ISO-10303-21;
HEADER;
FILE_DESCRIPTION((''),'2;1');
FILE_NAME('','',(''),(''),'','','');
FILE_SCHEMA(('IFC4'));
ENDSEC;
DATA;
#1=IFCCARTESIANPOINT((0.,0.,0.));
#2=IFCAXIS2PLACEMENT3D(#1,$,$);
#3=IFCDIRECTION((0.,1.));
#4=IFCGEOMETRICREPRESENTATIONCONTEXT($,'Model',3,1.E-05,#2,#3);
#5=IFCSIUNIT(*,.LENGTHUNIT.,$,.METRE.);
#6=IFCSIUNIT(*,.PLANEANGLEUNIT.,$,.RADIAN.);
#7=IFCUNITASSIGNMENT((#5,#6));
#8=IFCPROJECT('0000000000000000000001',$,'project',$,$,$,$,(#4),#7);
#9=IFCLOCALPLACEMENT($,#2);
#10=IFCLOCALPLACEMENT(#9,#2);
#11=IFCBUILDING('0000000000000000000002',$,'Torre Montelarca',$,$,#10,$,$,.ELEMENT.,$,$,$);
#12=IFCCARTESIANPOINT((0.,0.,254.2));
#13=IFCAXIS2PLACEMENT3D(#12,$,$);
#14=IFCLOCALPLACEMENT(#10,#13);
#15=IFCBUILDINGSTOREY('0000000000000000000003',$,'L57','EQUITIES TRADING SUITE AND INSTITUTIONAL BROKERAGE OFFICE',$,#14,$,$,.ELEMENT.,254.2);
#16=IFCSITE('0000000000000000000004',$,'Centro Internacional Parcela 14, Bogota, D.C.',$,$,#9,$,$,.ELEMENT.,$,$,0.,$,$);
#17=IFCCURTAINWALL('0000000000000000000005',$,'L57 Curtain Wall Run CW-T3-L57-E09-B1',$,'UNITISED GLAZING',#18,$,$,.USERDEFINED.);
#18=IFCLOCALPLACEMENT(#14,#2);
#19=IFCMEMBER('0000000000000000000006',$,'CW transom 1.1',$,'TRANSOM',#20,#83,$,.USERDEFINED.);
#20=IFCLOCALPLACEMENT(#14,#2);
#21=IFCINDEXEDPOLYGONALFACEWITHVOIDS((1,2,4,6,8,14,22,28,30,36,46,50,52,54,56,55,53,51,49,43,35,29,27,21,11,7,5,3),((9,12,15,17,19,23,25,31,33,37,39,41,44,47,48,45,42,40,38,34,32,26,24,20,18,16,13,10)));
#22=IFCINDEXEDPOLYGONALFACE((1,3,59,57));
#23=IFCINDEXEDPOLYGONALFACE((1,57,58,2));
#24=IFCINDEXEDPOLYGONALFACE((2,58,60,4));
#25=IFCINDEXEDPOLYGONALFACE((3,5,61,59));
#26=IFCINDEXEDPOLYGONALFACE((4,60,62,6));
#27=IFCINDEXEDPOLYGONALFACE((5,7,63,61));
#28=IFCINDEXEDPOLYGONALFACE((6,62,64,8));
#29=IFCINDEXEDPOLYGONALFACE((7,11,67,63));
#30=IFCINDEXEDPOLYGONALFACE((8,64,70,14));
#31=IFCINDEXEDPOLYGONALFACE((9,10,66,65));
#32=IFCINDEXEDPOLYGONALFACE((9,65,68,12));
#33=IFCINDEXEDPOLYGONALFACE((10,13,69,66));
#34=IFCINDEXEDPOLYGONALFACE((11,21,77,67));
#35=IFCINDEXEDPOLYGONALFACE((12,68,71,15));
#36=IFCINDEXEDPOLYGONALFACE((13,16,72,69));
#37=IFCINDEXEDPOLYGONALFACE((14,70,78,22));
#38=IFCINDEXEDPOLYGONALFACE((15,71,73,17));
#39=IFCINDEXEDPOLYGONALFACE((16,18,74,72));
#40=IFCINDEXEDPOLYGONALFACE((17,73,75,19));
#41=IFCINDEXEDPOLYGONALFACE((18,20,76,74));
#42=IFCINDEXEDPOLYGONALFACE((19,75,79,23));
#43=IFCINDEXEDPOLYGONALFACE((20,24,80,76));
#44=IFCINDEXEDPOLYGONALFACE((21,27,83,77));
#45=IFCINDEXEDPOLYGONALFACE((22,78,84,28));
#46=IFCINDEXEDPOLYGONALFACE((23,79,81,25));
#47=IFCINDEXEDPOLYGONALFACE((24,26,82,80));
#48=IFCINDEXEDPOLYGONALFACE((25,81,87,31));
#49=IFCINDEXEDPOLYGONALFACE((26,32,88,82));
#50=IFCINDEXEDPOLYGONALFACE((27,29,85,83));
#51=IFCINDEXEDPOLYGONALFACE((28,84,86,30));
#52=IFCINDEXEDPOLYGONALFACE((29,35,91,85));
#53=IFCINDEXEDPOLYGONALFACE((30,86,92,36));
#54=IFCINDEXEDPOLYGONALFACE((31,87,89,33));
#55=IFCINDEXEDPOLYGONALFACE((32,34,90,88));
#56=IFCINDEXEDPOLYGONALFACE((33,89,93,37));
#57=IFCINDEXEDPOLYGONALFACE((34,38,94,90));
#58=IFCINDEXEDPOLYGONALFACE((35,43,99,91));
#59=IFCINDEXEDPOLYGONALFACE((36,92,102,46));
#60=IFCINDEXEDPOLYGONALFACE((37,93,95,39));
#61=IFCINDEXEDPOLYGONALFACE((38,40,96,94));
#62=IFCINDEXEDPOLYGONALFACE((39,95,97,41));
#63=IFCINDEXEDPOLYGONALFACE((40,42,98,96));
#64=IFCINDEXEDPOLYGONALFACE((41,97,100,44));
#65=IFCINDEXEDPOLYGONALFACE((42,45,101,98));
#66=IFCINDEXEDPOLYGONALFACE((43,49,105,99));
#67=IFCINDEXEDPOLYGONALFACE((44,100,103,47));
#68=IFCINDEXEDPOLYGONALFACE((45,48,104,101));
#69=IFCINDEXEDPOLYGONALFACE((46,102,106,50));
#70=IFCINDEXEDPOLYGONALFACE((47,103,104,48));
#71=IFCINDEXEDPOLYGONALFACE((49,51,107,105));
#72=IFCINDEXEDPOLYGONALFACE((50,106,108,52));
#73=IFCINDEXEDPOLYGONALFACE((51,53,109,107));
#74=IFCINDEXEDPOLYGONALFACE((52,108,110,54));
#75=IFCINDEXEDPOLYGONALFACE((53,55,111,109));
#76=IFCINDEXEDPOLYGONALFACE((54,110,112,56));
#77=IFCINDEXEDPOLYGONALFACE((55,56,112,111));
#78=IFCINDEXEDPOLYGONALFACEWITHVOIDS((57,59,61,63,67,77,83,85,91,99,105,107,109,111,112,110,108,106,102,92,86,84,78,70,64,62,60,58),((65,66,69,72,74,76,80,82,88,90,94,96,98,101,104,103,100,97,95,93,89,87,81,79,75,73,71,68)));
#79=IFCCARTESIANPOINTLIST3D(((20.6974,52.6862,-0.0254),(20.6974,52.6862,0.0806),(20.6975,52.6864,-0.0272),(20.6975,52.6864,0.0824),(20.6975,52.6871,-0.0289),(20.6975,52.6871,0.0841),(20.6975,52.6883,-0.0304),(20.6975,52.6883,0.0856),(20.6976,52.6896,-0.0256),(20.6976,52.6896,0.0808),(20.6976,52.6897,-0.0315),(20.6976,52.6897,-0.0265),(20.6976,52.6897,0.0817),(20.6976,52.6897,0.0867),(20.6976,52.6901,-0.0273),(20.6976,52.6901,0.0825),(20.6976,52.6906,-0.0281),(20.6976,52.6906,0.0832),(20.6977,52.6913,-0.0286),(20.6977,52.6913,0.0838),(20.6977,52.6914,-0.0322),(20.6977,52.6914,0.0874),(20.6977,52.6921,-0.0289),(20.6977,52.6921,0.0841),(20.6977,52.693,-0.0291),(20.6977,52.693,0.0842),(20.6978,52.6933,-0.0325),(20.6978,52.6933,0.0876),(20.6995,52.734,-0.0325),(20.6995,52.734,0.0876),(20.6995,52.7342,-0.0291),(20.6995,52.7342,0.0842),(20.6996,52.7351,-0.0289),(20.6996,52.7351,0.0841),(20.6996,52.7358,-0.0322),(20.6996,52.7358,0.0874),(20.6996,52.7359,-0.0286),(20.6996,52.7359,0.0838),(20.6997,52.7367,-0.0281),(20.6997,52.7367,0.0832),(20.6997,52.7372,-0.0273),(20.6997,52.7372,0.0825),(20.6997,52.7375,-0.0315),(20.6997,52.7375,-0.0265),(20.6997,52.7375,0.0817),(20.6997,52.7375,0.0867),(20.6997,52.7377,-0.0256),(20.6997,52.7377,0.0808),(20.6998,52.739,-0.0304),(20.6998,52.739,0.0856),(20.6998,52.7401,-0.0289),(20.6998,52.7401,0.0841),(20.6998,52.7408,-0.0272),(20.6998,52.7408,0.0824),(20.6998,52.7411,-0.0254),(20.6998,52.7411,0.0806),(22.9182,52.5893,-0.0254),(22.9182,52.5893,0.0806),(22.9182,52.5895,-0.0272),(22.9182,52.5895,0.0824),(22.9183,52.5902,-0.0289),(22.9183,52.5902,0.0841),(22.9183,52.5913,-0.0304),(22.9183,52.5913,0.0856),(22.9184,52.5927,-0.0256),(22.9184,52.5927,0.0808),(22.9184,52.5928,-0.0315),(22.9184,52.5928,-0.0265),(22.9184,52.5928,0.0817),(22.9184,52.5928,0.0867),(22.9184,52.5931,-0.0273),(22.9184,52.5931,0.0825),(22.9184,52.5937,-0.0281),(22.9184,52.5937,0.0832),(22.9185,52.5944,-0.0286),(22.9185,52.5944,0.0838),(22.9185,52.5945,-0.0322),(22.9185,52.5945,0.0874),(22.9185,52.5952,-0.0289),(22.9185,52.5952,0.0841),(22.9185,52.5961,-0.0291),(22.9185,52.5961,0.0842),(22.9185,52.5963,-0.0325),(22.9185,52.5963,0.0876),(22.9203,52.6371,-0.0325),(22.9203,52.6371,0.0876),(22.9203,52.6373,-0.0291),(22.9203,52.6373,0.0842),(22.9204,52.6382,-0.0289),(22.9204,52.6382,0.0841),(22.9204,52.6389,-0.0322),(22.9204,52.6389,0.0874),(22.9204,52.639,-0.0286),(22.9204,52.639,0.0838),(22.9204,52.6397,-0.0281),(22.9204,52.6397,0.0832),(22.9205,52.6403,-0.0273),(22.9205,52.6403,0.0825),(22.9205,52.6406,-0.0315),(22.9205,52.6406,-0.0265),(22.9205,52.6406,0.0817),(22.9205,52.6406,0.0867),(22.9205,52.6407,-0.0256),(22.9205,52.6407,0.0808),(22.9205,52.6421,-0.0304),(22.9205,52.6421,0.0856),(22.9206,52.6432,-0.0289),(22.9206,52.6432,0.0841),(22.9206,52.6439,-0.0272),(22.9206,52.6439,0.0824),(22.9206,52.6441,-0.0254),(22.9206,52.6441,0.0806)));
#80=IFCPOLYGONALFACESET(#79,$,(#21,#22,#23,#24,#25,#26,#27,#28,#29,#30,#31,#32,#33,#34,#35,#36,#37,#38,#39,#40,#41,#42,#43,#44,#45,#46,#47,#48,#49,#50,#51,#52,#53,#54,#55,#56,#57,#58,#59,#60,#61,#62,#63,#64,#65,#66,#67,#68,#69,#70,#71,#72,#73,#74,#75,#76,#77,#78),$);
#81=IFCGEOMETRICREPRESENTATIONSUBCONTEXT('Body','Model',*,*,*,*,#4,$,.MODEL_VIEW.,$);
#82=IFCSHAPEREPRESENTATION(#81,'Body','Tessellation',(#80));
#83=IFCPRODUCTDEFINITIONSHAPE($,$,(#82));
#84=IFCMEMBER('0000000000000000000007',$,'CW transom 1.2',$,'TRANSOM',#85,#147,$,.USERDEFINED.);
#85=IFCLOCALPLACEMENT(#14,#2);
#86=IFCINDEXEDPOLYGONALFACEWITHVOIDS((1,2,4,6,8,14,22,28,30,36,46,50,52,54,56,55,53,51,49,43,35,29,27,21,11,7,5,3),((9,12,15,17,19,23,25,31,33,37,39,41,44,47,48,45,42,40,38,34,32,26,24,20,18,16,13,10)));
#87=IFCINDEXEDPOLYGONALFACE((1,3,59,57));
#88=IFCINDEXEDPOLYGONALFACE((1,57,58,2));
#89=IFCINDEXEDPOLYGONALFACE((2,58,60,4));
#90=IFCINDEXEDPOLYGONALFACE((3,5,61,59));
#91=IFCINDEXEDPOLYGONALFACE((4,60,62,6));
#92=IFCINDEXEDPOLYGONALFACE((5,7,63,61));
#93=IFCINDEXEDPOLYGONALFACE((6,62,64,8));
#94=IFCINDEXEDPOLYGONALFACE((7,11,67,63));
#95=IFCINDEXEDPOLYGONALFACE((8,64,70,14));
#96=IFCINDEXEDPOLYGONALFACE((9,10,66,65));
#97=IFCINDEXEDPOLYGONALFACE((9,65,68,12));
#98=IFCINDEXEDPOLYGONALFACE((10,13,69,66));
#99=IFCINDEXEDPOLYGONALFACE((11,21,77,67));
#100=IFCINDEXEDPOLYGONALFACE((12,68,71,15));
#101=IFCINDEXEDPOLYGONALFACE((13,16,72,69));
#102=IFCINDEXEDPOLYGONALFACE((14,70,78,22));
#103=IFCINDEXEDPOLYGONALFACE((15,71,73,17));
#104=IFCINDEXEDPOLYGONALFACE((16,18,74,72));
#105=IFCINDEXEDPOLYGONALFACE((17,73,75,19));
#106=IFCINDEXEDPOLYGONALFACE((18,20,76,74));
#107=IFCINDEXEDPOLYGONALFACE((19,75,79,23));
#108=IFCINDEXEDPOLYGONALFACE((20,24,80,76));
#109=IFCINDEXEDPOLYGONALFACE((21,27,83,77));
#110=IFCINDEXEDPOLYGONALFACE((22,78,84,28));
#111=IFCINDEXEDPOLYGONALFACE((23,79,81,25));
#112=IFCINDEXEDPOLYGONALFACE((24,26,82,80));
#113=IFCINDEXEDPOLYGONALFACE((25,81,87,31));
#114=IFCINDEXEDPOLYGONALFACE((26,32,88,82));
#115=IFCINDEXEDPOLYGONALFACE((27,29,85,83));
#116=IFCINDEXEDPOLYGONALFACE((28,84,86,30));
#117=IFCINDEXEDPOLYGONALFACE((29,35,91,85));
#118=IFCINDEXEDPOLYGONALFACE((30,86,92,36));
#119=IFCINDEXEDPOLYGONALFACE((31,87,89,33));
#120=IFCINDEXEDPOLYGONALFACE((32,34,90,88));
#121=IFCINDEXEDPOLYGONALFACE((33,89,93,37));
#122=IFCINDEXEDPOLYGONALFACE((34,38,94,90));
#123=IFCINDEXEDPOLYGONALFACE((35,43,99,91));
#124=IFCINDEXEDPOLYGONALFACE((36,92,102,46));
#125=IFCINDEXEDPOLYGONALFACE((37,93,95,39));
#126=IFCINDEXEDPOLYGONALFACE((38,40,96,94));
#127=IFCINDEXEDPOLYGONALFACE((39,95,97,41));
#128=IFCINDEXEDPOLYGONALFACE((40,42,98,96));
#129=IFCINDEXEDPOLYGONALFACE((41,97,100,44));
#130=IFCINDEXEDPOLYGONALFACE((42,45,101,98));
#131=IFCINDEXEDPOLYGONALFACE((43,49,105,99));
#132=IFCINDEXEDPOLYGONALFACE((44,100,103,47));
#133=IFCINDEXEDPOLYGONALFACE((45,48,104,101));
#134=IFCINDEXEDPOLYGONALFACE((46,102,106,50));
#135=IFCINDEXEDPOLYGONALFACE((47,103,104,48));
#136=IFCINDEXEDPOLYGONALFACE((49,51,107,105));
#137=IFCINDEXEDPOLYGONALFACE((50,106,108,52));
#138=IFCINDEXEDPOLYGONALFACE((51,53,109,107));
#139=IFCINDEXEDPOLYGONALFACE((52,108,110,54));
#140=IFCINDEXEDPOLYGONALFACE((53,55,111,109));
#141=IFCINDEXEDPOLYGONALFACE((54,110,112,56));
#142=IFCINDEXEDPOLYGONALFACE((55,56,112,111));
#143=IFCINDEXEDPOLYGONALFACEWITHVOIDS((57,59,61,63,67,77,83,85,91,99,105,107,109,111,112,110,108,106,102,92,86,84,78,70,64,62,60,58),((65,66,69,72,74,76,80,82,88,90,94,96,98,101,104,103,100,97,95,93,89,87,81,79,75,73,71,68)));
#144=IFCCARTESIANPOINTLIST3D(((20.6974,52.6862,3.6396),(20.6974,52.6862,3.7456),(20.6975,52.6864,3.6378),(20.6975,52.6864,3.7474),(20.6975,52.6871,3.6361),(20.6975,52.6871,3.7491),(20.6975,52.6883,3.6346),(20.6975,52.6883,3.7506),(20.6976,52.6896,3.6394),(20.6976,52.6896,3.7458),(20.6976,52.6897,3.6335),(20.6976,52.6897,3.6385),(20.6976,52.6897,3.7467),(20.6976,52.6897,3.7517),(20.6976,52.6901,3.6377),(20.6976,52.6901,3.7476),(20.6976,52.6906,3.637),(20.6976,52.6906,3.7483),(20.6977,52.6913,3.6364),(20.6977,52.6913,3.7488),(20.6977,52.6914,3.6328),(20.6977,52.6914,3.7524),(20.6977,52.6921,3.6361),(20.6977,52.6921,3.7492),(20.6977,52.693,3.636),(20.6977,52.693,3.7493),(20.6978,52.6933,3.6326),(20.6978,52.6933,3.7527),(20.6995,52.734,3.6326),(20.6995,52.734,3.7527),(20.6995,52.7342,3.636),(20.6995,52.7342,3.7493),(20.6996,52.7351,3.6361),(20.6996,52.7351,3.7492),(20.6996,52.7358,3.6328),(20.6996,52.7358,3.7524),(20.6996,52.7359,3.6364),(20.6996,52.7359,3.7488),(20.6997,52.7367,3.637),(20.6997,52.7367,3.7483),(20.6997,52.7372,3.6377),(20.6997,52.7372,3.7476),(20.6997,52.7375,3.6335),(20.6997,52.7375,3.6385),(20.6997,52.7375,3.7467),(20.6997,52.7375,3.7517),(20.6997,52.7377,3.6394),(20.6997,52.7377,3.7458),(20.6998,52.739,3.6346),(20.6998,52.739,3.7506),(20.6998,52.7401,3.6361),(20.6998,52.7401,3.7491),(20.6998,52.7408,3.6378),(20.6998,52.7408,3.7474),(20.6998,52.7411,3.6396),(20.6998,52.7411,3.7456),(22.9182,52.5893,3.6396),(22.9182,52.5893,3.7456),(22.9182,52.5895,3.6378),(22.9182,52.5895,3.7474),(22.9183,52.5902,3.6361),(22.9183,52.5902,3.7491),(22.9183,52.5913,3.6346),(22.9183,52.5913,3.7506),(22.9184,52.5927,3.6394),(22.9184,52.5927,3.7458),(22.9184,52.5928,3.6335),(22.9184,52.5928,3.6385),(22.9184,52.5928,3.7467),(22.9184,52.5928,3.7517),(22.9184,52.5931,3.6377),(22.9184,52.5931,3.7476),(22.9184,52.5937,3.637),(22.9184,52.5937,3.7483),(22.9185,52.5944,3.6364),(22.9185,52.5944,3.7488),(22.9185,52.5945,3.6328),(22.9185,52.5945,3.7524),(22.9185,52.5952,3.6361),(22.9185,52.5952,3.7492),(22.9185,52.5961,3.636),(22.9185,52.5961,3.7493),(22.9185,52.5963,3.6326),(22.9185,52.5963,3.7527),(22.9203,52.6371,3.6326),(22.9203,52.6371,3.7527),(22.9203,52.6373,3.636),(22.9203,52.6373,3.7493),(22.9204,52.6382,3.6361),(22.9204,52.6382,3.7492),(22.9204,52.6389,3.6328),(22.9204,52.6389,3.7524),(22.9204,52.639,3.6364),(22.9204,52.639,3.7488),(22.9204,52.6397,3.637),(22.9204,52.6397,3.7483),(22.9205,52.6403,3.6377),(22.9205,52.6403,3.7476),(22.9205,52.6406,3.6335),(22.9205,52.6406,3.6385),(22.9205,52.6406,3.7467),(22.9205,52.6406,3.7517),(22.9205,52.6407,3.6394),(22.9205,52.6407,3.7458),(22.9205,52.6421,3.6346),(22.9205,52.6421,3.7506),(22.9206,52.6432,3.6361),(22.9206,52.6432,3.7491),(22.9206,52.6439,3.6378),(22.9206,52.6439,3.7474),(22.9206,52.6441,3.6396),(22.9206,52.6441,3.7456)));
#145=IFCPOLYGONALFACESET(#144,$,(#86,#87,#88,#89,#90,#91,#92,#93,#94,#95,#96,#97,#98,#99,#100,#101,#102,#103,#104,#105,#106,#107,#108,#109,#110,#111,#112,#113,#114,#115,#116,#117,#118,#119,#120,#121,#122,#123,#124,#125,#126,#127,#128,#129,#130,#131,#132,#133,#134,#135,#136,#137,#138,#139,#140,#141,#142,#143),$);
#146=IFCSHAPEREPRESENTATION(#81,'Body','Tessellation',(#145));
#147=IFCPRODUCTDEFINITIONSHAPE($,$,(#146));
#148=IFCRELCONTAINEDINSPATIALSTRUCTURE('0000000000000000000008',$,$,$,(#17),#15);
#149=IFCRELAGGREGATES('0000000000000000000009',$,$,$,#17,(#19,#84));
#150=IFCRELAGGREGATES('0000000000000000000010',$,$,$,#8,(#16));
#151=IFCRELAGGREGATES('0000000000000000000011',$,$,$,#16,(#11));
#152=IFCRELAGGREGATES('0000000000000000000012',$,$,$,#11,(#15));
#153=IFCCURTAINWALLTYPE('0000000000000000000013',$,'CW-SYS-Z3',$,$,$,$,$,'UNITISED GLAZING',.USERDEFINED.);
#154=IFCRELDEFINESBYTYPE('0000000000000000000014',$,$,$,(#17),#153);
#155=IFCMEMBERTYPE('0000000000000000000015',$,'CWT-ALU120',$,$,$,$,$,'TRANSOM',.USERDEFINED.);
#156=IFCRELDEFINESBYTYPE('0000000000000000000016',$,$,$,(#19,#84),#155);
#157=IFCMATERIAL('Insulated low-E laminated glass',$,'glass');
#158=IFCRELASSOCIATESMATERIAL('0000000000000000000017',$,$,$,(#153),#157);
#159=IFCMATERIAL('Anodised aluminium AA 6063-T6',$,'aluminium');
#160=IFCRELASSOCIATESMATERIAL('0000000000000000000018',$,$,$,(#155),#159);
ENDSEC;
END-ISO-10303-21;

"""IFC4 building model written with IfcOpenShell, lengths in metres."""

from ifc_helpers import new_model, si_unit, direction, frame, origin, origin_2d, place, context, subcontext, project, spatial, hollow_rectangle, extrude, source, transform, mapped, material, material_profile, profile_set, type_object, element, aggregate, save


model = new_model("IFC4")

# Units and contexts
model_context = context("Model", 3, precision=1e-05, world=origin(), true_north=direction((0.0, 1.0)))
body_context = subcontext(model_context, "Body", "Model", "MODEL_VIEW")
ifc_project = project(units=[si_unit("LENGTHUNIT", "METRE"), si_unit("PLANEANGLEUNIT", "RADIAN")], contexts=[model_context])

# Site, building, storey
site_placement = place(None, origin())
site = spatial("IfcSite", under=ifc_project, at=site_placement, Name="Centro Internacional Parcela 14, Bogota, D.C.", CompositionType="ELEMENT", RefElevation=0.0)
building_placement = place(site_placement, origin())
building = spatial("IfcBuilding", under=site, at=building_placement, Name="Torre Montelarca", CompositionType="ELEMENT")
storey_placement = place(building_placement, frame((0.0, 0.0, 254.2)))
storey = spatial("IfcBuildingStorey", under=building, at=storey_placement, Name="L57", Description="EQUITIES TRADING SUITE AND INSTITUTIONAL BROKERAGE OFFICE", CompositionType="ELEMENT", Elevation=254.2)

# Shared definitions
ifc_material_1 = material(Name="Insulated low-E laminated glass", Category="glass")
curtain_wall_type = type_object("IfcCurtainWallType", Name="CW-SYS-Z3", ElementType="UNITISED GLAZING", PredefinedType="USERDEFINED", material=ifc_material_1)
ifc_material_2 = material(Name="Anodised aluminium AA 6063-T6", Category="aluminium")

# Curtain wall, members
curtain_wall_1_placement = place(storey_placement, origin())
curtain_wall_1 = element("IfcCurtainWall", 1, at=curtain_wall_1_placement, inside=storey, type_object=curtain_wall_type, Name="L57 Curtain Wall Run CW-T3-L57-E09-B1", ObjectType="UNITISED GLAZING", PredefinedType="USERDEFINED")
ifc_material_profile_1 = material_profile(ifc_material_2, hollow_rectangle(XDim=0.0549, YDim=0.1201, WallThickness=0.0034, InnerFilletRadius=0.0034, OuterFilletRadius=0.0071, at=origin_2d()), Name="ALU55X120X3.5", Category="aluminium")
ifc_profile_set_1 = profile_set([ifc_material_profile_1], Name="Anodised aluminium AA 6063-T6")
member_type_1 = type_object("IfcMemberType", Name="CWT-ALU120", ElementType="TRANSOM", PredefinedType="USERDEFINED", material=ifc_profile_set_1)
shared_shape_1 = source(origin(), body_context, "Body", "SweptSolid", [
    extrude(hollow_rectangle(XDim=0.0549, YDim=0.1201, WallThickness=0.0034, InnerFilletRadius=0.0034, OuterFilletRadius=0.0071, at=origin_2d()), origin(), (0.0, 0.0, 1.0), 2.2229),
])
member_1_placement = place(storey_placement, frame((22.9194, 52.6167, 0.0276), z_axis=(-0.999049, 0.043604, 0.0), x_axis=(-0.043604, -0.999049, 0.0)))
member_1 = element("IfcMember", 2, at=member_1_placement, type_object=member_type_1, Name="CW transom 1.1", ObjectType="TRANSOM", PredefinedType="USERDEFINED", context=body_context, shape_type="MappedRepresentation", body=[
    mapped(shared_shape_1, transform((0.0, 0.0, 0.0), scale=1.0)),
])
member_2_placement = place(storey_placement, frame((22.9194, 52.6167, 3.6926), z_axis=(-0.999049, 0.043604, 0.0), x_axis=(-0.043604, -0.999049, 0.0)))
member_2 = element("IfcMember", 3, at=member_2_placement, type_object=member_type_1, Name="CW transom 1.2", ObjectType="TRANSOM", PredefinedType="USERDEFINED", context=body_context, shape_type="MappedRepresentation", body=[
    mapped(shared_shape_1, transform((0.0, 0.0, 0.0), scale=1.0)),
])
aggregate(curtain_wall_1, [member_1, member_2])

save(model, "model.ifc")
